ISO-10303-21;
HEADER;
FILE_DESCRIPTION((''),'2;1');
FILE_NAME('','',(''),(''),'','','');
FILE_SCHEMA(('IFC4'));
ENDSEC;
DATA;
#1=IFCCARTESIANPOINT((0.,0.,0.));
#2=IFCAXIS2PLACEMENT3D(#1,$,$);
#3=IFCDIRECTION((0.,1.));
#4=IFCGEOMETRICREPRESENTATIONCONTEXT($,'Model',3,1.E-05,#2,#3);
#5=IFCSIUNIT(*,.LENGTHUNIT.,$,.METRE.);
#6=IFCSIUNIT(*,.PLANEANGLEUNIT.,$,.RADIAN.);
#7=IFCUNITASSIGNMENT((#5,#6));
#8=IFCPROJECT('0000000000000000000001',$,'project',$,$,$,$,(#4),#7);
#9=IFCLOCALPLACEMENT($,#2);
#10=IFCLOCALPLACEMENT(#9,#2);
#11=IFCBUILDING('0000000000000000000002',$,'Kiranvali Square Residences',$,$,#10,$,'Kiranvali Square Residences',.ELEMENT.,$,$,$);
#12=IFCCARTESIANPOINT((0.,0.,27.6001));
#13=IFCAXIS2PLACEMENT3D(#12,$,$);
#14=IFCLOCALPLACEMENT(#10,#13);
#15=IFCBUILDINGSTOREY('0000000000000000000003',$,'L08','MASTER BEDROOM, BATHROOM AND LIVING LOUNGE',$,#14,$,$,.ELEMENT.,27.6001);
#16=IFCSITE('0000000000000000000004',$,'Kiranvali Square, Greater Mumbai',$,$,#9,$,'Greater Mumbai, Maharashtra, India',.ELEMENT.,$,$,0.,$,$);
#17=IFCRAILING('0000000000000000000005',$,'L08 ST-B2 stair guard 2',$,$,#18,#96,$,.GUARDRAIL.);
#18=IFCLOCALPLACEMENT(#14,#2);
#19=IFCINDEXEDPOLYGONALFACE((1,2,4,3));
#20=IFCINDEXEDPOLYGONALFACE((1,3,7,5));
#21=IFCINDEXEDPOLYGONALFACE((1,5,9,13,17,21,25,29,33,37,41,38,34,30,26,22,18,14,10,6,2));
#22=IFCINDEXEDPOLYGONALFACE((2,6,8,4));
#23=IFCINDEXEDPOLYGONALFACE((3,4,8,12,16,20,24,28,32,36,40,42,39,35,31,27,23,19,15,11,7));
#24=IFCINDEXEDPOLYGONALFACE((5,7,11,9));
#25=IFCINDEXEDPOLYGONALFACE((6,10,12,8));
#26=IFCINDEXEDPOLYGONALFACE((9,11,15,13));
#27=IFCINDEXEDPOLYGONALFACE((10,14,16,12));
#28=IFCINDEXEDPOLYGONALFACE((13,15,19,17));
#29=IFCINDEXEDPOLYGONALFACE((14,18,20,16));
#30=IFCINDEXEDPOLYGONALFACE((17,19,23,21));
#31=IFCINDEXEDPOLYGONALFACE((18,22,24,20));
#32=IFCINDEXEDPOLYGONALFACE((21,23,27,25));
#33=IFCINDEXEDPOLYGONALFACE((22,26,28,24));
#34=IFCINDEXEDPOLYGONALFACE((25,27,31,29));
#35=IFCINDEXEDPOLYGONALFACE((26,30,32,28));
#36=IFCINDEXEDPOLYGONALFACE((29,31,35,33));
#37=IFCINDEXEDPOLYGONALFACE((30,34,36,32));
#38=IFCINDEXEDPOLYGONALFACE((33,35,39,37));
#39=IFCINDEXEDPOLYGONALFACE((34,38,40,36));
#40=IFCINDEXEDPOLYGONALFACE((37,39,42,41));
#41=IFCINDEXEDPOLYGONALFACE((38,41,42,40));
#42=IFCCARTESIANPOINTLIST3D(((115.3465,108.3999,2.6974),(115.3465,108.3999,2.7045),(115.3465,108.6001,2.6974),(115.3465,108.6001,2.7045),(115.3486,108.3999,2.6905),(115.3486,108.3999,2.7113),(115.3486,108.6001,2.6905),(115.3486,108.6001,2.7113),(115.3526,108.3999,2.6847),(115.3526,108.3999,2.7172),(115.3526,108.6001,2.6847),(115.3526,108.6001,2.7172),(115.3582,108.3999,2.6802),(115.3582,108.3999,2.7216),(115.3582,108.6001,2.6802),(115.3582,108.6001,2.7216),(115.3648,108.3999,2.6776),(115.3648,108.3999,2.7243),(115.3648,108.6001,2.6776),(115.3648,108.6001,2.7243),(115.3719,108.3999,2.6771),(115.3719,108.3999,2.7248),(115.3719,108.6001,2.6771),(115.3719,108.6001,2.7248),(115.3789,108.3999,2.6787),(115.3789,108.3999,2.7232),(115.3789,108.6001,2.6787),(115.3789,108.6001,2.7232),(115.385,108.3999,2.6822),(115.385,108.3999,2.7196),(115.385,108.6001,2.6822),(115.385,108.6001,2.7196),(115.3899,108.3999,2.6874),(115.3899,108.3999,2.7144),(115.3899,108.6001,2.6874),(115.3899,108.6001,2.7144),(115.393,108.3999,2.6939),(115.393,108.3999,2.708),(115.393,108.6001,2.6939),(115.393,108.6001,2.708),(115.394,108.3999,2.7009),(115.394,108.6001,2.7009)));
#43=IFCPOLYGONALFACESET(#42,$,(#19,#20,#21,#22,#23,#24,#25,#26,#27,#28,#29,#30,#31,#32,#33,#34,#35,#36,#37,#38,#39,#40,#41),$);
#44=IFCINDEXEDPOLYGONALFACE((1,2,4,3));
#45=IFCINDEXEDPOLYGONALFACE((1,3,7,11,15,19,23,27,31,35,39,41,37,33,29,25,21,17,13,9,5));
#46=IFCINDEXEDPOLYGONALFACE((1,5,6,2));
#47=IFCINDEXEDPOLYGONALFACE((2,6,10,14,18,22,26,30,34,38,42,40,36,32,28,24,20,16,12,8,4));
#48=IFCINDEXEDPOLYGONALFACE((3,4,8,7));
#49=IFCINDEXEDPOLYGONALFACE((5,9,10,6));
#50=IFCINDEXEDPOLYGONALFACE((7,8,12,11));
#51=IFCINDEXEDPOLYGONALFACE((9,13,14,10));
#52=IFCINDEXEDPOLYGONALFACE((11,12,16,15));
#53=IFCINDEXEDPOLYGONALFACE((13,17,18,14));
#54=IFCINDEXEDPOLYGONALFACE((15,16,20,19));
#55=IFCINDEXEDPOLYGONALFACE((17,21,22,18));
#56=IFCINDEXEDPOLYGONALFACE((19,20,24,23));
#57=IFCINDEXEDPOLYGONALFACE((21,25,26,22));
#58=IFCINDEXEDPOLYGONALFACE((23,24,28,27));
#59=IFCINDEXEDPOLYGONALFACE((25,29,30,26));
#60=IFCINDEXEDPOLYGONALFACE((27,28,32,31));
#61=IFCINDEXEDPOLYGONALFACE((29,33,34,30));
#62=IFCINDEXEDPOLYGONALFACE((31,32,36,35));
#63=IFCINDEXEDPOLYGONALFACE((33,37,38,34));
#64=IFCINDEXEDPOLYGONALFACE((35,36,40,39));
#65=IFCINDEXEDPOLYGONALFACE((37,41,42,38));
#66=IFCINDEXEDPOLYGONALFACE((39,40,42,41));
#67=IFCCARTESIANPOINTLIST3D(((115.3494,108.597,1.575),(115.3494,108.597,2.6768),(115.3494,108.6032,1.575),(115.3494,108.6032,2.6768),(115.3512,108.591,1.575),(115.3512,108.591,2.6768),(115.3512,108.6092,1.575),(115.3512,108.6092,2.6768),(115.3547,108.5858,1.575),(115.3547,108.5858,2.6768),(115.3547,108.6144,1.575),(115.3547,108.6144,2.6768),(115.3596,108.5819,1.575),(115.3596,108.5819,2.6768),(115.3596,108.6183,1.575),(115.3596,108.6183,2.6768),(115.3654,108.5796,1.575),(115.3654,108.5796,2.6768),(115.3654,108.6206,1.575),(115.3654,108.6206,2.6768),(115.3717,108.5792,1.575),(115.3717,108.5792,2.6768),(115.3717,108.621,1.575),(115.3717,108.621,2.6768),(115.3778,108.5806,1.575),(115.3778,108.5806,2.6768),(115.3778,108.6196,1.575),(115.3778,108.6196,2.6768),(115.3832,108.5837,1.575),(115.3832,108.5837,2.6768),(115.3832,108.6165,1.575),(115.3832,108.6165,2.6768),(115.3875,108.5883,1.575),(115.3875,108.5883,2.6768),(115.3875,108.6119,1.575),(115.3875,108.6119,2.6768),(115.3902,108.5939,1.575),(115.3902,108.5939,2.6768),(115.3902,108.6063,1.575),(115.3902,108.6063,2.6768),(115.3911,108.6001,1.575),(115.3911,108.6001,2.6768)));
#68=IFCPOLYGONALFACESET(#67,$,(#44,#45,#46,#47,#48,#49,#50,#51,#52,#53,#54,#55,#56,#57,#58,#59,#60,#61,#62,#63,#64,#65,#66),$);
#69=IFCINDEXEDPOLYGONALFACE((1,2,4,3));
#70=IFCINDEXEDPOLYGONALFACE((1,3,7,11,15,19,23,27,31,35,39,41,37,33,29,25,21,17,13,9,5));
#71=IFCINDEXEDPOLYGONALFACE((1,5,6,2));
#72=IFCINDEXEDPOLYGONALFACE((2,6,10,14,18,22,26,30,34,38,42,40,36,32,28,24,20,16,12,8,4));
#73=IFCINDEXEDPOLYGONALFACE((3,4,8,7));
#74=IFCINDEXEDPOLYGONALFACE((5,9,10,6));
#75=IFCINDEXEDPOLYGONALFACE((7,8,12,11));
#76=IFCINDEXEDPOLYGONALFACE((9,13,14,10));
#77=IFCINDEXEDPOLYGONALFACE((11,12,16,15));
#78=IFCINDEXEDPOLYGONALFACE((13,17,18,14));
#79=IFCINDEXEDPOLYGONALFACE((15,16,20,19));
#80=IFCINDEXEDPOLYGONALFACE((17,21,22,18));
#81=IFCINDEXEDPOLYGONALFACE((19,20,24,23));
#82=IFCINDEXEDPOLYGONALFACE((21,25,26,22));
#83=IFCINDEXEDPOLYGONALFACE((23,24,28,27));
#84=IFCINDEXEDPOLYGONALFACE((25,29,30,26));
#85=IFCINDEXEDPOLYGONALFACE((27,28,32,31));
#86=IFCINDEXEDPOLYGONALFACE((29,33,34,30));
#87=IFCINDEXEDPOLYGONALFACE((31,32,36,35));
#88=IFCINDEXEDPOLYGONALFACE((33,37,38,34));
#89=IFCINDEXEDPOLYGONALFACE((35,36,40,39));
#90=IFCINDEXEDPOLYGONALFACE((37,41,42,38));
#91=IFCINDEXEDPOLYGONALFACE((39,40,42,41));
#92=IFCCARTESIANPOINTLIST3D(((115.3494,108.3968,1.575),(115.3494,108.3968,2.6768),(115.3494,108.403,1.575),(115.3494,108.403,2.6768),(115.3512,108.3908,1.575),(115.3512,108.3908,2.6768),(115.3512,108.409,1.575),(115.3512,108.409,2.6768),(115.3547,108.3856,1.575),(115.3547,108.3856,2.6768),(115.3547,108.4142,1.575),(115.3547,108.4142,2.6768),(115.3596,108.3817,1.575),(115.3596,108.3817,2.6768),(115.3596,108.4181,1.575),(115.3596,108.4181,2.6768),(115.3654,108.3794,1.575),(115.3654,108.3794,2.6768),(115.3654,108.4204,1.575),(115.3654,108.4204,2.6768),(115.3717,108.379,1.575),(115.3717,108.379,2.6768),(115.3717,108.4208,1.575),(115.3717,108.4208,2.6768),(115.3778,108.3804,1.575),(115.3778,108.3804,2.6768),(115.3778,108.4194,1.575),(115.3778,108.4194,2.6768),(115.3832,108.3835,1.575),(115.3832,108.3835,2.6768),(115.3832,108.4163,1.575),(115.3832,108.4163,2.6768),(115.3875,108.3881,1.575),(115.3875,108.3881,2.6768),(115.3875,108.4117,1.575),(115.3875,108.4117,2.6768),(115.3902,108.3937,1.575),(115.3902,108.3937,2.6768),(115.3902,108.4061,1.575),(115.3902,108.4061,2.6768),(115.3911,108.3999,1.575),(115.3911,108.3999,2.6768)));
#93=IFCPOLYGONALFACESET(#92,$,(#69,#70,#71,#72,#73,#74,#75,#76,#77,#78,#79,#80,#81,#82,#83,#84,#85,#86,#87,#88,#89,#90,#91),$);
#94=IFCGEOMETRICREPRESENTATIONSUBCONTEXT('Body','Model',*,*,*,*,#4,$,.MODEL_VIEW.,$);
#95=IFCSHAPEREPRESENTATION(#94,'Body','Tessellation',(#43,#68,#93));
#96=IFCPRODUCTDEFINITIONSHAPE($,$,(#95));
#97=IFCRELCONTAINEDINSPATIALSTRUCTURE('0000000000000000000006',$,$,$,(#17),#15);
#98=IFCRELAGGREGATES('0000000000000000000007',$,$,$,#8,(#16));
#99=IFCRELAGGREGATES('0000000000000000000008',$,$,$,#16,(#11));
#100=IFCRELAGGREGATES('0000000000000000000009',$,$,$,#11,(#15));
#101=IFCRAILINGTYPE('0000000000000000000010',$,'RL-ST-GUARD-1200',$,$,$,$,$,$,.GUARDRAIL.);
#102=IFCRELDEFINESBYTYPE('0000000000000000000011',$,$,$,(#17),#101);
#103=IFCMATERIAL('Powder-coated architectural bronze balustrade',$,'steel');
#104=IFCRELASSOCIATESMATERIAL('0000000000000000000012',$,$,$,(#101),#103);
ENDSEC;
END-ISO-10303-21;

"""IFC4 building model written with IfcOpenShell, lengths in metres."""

from ifc_helpers import new_model, si_unit, direction, frame, origin, origin_2d, place, context, subcontext, project, spatial, circle, extrude, material, type_object, element, save


model = new_model("IFC4")

# Units and contexts
model_context = context("Model", 3, precision=1e-05, world=origin(), true_north=direction((0.0, 1.0)))
body_context = subcontext(model_context, "Body", "Model", "MODEL_VIEW")
ifc_project = project(units=[si_unit("LENGTHUNIT", "METRE"), si_unit("PLANEANGLEUNIT", "RADIAN")], contexts=[model_context])

# Site, building, storey
site_placement = place(None, origin())
site = spatial("IfcSite", under=ifc_project, at=site_placement, Name="Kiranvali Square, Greater Mumbai", LongName="Greater Mumbai, Maharashtra, India", CompositionType="ELEMENT", RefElevation=0.0)
building_placement = place(site_placement, origin())
building = spatial("IfcBuilding", under=site, at=building_placement, Name="Kiranvali Square Residences", LongName="Kiranvali Square Residences", CompositionType="ELEMENT")
storey_placement = place(building_placement, frame((0.0, 0.0, 27.6001)))
storey = spatial("IfcBuildingStorey", under=building, at=storey_placement, Name="L08", Description="MASTER BEDROOM, BATHROOM AND LIVING LOUNGE", CompositionType="ELEMENT", Elevation=27.6001)

# Railing
ifc_material_1 = material(Name="Powder-coated architectural bronze balustrade", Category="steel")
railing_type_1 = type_object("IfcRailingType", Name="RL-ST-GUARD-1200", PredefinedType="GUARDRAIL", material=ifc_material_1)
railing_1_placement = place(storey_placement, frame((115.3701, 108.6001, 1.575)))
element("IfcRailing", 1, at=railing_1_placement, inside=storey, type_object=railing_type_1, Name="L08 ST-B2 stair guard 2", PredefinedType="GUARDRAIL", context=body_context, shape_type="SweptSolid", body=[
    extrude(circle(Radius=0.0239, at=origin_2d()), frame((0.0, 0.0, 1.126), z_axis=(0.0, -1.0, 0.0), x_axis=(1.0, 0.0, 0.0)), (0.0, 0.0, 1.0), 0.2002),
    extrude(circle(Radius=0.021, at=origin_2d()), origin(), (0.0, 0.0, 1.0), 1.1018),
    extrude(circle(Radius=0.021, at=origin_2d()), frame((0.0, -0.2002, 0.0)), (0.0, 0.0, 1.0), 1.1018),
])

save(model, "model.ifc")
